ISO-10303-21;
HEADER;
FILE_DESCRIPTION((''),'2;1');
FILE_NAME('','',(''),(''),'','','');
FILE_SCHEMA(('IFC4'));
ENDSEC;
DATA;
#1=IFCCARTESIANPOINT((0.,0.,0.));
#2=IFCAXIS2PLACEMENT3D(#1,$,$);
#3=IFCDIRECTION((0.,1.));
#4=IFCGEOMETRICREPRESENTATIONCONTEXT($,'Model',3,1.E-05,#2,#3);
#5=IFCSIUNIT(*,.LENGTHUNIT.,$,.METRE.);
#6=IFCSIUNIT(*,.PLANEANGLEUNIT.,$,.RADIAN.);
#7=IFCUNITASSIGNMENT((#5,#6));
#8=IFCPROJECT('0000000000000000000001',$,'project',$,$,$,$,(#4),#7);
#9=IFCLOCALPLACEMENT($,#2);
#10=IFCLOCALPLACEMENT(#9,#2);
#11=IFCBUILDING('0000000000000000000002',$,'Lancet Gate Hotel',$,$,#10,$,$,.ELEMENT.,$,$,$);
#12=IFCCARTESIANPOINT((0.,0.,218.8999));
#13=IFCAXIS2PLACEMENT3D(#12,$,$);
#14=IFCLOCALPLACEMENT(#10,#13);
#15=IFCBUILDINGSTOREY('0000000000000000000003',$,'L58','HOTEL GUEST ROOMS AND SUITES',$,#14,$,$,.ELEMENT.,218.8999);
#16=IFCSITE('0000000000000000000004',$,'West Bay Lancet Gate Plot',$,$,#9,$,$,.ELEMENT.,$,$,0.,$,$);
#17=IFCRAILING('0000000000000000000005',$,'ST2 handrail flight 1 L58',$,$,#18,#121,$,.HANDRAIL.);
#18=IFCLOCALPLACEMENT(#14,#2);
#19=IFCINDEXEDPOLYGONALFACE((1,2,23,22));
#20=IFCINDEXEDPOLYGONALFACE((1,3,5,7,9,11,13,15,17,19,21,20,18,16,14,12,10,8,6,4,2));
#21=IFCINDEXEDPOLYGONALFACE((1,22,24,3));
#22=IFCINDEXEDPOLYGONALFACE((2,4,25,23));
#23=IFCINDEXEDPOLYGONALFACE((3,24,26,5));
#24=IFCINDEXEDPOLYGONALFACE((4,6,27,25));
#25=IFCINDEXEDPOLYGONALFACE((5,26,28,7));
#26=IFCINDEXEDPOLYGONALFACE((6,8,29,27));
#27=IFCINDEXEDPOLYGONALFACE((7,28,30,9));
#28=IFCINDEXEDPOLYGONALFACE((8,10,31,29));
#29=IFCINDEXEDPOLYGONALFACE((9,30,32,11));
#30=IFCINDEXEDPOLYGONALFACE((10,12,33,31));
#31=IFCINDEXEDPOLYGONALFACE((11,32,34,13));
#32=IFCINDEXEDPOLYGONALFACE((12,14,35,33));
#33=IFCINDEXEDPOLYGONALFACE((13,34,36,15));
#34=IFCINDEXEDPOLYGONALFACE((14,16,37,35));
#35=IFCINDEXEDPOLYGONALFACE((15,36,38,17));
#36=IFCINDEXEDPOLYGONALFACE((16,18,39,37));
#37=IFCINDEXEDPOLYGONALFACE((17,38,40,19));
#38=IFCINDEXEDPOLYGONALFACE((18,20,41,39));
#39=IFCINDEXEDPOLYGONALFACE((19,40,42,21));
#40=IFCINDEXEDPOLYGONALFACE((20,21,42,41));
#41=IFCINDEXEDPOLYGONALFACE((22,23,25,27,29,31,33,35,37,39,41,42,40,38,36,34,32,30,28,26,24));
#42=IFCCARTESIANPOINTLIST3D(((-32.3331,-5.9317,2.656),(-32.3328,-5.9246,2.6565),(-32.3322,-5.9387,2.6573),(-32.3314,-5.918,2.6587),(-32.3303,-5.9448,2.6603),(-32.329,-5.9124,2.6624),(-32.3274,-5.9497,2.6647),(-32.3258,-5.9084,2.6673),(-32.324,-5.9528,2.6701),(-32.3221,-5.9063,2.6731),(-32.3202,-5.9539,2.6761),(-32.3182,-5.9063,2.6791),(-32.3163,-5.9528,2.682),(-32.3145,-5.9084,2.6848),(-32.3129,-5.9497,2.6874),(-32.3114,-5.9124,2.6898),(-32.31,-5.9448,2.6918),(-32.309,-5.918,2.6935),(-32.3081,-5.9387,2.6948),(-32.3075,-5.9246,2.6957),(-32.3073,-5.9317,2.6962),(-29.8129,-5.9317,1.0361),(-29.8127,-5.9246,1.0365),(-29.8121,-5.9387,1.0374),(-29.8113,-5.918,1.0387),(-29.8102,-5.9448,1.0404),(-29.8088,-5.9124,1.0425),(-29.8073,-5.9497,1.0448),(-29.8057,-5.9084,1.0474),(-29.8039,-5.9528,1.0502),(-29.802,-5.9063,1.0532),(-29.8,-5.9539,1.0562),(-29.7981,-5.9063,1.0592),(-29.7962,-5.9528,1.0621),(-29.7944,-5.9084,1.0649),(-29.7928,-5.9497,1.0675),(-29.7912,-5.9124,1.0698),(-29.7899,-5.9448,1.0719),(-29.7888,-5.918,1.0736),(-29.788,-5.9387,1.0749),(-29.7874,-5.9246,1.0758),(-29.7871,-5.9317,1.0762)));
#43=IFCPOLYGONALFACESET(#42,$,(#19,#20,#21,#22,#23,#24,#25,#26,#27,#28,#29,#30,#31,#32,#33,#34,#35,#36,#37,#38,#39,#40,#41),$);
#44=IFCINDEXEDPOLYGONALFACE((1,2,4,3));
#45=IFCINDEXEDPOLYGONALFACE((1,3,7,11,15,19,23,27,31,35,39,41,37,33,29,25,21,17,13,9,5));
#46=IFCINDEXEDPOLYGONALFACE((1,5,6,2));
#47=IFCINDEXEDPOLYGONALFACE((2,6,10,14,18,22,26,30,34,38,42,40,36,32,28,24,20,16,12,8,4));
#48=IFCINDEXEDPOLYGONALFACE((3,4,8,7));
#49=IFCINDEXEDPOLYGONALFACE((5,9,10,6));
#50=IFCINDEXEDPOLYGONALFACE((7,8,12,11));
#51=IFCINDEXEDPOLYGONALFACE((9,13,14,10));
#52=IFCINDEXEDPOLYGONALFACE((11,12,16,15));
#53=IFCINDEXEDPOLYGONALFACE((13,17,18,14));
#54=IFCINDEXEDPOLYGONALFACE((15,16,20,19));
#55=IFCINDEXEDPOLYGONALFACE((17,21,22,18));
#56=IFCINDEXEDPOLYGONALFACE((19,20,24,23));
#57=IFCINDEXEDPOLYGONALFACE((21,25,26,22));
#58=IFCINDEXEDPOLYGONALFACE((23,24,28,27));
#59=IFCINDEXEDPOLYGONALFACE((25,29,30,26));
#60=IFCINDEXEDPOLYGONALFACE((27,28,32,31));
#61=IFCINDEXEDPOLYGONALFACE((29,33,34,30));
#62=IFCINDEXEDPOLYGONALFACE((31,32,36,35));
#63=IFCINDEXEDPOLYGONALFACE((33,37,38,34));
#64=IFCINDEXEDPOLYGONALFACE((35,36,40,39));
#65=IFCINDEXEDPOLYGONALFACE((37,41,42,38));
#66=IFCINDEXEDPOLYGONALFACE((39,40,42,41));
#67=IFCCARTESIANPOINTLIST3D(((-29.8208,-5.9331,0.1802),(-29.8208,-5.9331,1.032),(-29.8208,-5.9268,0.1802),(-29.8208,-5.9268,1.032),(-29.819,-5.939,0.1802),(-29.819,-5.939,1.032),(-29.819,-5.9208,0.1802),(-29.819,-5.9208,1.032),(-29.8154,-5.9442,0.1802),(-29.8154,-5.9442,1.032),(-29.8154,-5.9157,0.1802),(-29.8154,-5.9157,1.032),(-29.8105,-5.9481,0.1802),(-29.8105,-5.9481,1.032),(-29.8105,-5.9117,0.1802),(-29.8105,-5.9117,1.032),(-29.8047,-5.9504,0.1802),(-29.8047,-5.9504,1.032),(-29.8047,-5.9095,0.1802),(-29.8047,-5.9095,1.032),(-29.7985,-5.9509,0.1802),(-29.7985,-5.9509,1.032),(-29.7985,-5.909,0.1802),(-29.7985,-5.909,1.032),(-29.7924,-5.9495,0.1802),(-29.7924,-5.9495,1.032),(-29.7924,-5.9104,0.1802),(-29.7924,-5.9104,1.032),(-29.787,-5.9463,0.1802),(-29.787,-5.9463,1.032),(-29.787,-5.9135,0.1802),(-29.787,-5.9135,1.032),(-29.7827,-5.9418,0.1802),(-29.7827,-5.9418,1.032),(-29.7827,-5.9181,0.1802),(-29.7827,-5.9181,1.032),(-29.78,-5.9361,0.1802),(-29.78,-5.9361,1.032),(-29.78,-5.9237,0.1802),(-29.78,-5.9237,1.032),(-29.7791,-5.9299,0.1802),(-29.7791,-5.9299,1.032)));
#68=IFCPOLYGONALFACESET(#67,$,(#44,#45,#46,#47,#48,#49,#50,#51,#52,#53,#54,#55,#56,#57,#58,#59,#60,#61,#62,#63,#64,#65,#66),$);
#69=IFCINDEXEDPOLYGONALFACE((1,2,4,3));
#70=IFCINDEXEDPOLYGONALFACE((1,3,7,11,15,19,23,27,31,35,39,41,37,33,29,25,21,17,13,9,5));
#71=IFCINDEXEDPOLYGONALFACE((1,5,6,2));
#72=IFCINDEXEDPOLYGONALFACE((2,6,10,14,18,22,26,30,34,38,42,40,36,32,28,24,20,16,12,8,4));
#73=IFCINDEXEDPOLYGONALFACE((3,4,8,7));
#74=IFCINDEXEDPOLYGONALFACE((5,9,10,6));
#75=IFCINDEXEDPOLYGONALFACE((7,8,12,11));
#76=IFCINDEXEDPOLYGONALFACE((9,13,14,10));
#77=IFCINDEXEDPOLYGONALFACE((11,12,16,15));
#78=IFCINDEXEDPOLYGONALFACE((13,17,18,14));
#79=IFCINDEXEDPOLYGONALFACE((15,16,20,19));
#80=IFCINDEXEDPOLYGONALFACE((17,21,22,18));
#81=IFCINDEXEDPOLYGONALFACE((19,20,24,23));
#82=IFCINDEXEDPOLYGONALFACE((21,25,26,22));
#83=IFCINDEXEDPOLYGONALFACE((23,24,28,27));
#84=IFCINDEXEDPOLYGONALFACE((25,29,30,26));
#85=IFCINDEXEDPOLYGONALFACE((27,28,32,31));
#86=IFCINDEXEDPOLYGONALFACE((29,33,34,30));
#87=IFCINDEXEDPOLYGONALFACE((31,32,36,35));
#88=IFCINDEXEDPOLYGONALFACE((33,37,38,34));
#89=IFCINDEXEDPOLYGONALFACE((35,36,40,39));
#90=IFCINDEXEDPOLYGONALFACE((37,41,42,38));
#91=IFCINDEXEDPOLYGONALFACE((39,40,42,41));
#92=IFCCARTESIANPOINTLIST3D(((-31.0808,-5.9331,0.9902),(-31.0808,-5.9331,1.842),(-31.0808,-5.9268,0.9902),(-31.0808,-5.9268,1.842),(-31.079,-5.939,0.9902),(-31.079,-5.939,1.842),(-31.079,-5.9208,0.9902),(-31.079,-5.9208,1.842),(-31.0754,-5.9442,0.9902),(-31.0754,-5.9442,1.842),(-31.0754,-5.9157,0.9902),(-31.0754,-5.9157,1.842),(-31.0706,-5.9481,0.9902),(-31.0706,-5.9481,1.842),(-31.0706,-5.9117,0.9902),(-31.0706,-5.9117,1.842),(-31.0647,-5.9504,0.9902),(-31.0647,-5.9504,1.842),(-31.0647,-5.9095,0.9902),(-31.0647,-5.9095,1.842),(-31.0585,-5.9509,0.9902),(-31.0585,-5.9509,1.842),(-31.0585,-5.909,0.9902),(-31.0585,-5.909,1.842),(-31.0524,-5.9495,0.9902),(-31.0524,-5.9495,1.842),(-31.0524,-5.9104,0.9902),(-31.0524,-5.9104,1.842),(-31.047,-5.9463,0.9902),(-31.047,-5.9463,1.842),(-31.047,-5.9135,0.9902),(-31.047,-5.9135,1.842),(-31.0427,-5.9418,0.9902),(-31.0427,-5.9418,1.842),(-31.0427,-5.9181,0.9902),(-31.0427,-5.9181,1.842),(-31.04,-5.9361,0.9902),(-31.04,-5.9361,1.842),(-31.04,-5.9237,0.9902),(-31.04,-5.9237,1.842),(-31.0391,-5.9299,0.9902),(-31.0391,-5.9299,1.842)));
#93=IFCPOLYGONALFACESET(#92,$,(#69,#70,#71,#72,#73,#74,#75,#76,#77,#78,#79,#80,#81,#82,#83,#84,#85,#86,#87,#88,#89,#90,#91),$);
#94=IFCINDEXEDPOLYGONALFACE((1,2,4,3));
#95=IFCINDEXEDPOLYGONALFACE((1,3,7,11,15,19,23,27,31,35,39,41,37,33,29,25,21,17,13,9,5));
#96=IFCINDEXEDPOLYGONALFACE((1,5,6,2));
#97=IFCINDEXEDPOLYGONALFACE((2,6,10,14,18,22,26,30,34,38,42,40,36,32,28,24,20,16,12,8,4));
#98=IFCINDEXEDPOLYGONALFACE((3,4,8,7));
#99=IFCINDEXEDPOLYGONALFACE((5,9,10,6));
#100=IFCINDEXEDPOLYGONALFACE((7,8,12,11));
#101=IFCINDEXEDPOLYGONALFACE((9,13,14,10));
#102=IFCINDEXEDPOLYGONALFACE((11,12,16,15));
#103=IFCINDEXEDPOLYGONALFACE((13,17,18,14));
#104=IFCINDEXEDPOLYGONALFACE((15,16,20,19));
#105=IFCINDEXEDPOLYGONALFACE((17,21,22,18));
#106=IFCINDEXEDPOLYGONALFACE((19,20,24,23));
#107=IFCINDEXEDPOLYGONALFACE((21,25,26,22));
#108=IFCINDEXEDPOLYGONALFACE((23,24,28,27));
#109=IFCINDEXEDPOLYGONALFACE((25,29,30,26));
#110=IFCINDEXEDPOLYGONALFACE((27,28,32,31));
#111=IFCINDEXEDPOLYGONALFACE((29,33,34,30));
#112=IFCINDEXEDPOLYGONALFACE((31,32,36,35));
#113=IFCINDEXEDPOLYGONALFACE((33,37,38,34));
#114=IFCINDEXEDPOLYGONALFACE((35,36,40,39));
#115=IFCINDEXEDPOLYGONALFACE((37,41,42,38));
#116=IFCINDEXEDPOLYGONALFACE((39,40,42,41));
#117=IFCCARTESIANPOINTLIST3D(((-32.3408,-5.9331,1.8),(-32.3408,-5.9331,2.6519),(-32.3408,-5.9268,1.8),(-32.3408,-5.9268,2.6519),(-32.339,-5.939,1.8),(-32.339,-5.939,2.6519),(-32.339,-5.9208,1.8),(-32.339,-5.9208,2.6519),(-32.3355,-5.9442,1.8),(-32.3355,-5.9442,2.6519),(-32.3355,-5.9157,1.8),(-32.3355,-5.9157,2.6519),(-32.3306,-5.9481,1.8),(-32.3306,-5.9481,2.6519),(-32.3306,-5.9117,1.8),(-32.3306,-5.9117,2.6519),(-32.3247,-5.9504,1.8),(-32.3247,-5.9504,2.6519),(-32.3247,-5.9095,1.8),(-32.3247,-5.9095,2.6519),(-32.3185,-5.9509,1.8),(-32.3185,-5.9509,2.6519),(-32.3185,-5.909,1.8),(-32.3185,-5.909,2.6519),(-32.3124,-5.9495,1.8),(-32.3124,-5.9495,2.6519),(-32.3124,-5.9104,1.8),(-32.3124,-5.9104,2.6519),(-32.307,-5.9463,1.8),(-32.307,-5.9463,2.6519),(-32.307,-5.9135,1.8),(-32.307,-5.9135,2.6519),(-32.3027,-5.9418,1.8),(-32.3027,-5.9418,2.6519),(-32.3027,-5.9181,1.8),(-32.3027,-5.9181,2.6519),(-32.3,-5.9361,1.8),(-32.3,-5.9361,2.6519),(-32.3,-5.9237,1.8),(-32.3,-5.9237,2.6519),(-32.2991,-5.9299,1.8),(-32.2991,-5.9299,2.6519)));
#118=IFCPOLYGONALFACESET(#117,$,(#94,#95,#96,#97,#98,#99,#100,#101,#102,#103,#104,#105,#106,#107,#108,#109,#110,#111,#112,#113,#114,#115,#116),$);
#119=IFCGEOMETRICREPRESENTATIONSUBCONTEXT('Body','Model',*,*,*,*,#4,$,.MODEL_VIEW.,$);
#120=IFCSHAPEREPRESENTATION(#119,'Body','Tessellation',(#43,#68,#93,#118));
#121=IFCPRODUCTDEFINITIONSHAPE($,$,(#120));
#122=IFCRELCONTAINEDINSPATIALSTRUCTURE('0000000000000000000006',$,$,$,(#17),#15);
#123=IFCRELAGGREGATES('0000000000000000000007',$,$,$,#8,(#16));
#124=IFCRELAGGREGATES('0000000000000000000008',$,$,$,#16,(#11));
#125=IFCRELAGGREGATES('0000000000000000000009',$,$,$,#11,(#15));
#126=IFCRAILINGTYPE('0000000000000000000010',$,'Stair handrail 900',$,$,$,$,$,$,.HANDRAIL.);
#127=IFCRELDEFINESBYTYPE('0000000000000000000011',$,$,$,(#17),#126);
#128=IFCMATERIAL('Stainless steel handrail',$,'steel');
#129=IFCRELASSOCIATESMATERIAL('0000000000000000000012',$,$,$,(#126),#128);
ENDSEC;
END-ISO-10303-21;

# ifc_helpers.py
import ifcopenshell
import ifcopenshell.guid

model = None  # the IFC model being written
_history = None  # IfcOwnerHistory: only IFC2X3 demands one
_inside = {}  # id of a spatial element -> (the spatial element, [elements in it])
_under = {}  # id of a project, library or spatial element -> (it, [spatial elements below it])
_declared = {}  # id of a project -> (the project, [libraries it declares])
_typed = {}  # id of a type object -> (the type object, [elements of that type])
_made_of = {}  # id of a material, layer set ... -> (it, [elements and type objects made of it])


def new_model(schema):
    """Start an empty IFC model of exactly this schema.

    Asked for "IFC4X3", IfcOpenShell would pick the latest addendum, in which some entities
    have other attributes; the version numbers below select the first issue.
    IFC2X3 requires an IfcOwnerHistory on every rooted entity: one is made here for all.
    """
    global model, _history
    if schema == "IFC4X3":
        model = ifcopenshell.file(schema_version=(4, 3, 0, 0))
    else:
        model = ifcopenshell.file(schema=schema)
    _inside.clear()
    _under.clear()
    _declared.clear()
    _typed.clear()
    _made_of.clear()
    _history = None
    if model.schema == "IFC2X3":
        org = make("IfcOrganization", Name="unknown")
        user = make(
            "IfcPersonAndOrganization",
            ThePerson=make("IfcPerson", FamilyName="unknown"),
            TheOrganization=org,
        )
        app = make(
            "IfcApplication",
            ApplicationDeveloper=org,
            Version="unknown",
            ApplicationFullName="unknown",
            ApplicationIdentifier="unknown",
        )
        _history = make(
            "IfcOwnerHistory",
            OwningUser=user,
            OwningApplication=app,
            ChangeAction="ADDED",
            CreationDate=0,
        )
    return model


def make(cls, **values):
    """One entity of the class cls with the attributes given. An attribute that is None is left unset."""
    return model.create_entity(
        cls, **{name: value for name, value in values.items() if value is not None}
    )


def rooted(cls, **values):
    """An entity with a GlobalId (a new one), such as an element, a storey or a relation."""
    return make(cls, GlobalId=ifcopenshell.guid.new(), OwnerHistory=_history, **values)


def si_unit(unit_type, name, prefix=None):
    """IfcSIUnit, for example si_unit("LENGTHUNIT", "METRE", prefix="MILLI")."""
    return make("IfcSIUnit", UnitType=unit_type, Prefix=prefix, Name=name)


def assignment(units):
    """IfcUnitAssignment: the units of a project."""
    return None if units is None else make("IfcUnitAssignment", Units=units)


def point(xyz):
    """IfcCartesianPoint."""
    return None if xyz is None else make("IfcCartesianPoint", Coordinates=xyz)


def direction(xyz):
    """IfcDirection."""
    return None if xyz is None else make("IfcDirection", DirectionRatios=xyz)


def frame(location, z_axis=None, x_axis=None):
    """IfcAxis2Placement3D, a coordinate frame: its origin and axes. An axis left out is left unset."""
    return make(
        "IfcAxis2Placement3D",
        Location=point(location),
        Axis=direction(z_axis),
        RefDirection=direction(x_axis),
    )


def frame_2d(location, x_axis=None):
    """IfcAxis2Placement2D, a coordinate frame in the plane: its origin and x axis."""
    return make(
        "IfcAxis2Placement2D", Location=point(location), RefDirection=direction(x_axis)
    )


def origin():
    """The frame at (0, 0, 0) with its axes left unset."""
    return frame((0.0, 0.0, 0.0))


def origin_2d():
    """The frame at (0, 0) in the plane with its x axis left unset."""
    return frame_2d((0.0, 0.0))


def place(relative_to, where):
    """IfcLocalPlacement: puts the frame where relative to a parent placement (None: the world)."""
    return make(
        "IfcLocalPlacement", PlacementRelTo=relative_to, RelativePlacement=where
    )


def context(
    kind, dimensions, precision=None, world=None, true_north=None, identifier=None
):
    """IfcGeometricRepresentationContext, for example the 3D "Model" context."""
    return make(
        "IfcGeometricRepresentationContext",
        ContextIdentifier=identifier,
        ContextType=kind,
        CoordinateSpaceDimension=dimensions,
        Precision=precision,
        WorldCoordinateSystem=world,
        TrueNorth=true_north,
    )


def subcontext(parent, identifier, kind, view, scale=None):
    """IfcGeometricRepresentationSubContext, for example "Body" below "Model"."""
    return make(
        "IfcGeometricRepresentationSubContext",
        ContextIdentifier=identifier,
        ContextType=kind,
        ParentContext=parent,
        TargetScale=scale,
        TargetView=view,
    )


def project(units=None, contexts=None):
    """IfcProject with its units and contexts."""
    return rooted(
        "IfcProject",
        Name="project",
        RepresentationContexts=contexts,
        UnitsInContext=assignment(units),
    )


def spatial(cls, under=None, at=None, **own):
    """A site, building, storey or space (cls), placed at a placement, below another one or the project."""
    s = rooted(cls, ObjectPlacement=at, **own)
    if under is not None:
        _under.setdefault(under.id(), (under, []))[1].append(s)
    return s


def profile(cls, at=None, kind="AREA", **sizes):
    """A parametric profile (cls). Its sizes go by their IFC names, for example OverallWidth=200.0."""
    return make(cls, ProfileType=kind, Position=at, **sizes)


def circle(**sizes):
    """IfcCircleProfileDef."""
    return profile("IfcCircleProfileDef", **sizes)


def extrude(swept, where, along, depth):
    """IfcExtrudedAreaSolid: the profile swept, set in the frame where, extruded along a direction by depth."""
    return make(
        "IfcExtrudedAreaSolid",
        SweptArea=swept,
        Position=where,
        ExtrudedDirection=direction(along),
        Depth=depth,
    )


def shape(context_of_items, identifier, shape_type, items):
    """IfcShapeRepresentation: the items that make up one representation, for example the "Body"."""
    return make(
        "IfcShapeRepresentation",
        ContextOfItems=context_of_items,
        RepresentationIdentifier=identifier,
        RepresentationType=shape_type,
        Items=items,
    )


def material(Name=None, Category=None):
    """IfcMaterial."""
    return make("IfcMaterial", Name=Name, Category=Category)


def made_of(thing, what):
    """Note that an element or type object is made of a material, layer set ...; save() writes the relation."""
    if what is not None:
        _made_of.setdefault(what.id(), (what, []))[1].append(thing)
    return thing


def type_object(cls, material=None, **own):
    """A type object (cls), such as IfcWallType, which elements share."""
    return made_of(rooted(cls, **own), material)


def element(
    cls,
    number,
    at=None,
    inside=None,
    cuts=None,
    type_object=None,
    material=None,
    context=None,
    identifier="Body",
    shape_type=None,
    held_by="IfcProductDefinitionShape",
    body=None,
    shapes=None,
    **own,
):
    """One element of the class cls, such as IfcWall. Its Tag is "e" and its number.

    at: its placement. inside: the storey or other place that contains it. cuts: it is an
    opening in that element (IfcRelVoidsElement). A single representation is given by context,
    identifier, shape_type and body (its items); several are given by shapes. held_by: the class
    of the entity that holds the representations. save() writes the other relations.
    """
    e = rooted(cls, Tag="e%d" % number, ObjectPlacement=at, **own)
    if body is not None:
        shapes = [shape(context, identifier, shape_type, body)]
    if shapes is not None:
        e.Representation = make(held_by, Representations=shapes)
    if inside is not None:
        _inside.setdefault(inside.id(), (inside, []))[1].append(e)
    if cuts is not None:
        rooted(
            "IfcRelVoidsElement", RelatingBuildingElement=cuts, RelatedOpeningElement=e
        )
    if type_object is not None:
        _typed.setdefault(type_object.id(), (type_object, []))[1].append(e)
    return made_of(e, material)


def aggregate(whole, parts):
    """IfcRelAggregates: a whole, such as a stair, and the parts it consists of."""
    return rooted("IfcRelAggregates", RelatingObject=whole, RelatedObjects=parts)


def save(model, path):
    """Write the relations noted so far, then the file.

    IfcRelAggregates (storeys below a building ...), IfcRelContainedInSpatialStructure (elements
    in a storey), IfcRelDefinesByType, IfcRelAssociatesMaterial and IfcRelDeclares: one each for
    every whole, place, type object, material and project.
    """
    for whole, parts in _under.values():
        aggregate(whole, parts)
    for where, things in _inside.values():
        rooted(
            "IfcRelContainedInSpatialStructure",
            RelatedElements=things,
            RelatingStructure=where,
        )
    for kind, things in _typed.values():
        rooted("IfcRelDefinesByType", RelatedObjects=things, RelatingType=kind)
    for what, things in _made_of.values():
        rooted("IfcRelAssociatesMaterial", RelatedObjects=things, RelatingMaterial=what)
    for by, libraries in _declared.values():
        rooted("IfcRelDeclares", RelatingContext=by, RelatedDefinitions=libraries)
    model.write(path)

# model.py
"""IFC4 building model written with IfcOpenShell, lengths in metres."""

from ifc_helpers import new_model, si_unit, direction, frame, origin, origin_2d, place, context, subcontext, project, spatial, circle, extrude, material, type_object, element, save


model = new_model("IFC4")

# Units and contexts
model_context = context("Model", 3, precision=1e-05, world=origin(), true_north=direction((0.0, 1.0)))
body_context = subcontext(model_context, "Body", "Model", "MODEL_VIEW")
ifc_project = project(units=[si_unit("LENGTHUNIT", "METRE"), si_unit("PLANEANGLEUNIT", "RADIAN")], contexts=[model_context])

# Site, building, storey
site_placement = place(None, origin())
site = spatial("IfcSite", under=ifc_project, at=site_placement, Name="West Bay Lancet Gate Plot", CompositionType="ELEMENT", RefElevation=0.0)
building_placement = place(site_placement, origin())
building = spatial("IfcBuilding", under=site, at=building_placement, Name="Lancet Gate Hotel", CompositionType="ELEMENT")
storey_placement = place(building_placement, frame((0.0, 0.0, 218.8999)))
storey = spatial("IfcBuildingStorey", under=building, at=storey_placement, Name="L58", Description="HOTEL GUEST ROOMS AND SUITES", CompositionType="ELEMENT", Elevation=218.8999)

# Railing
ifc_material_1 = material(Name="Stainless steel handrail", Category="steel")
railing_type = type_object("IfcRailingType", Name="Stair handrail 900", PredefinedType="HANDRAIL", material=ifc_material_1)
railing_1_placement = place(storey_placement, frame((-29.8, -5.9299, 0.1802)))
element("IfcRailing", 1, at=railing_1_placement, inside=storey, type_object=railing_type, Name="ST2 handrail flight 1 L58", PredefinedType="HANDRAIL", context=body_context, shape_type="SweptSolid", body=[
    extrude(circle(Radius=0.0239, at=origin_2d()), frame((0.0, 0.0, 0.876), z_axis=(-0.8412, 0.0, 0.540725), x_axis=(0.0, -1.0, 0.0)), (0.0, 0.0, 1.0), 2.9958),
    extrude(circle(Radius=0.021, at=origin_2d()), origin(), (0.0, 0.0, 1.0), 0.8518),
    extrude(circle(Radius=0.021, at=origin_2d()), frame((-1.26, 0.0, 0.8101)), (0.0, 0.0, 1.0), 0.8518),
    extrude(circle(Radius=0.021, at=origin_2d()), frame((-2.52, 0.0, 1.6199)), (0.0, 0.0, 1.0), 0.8518),
])

save(model, "model.ifc")
